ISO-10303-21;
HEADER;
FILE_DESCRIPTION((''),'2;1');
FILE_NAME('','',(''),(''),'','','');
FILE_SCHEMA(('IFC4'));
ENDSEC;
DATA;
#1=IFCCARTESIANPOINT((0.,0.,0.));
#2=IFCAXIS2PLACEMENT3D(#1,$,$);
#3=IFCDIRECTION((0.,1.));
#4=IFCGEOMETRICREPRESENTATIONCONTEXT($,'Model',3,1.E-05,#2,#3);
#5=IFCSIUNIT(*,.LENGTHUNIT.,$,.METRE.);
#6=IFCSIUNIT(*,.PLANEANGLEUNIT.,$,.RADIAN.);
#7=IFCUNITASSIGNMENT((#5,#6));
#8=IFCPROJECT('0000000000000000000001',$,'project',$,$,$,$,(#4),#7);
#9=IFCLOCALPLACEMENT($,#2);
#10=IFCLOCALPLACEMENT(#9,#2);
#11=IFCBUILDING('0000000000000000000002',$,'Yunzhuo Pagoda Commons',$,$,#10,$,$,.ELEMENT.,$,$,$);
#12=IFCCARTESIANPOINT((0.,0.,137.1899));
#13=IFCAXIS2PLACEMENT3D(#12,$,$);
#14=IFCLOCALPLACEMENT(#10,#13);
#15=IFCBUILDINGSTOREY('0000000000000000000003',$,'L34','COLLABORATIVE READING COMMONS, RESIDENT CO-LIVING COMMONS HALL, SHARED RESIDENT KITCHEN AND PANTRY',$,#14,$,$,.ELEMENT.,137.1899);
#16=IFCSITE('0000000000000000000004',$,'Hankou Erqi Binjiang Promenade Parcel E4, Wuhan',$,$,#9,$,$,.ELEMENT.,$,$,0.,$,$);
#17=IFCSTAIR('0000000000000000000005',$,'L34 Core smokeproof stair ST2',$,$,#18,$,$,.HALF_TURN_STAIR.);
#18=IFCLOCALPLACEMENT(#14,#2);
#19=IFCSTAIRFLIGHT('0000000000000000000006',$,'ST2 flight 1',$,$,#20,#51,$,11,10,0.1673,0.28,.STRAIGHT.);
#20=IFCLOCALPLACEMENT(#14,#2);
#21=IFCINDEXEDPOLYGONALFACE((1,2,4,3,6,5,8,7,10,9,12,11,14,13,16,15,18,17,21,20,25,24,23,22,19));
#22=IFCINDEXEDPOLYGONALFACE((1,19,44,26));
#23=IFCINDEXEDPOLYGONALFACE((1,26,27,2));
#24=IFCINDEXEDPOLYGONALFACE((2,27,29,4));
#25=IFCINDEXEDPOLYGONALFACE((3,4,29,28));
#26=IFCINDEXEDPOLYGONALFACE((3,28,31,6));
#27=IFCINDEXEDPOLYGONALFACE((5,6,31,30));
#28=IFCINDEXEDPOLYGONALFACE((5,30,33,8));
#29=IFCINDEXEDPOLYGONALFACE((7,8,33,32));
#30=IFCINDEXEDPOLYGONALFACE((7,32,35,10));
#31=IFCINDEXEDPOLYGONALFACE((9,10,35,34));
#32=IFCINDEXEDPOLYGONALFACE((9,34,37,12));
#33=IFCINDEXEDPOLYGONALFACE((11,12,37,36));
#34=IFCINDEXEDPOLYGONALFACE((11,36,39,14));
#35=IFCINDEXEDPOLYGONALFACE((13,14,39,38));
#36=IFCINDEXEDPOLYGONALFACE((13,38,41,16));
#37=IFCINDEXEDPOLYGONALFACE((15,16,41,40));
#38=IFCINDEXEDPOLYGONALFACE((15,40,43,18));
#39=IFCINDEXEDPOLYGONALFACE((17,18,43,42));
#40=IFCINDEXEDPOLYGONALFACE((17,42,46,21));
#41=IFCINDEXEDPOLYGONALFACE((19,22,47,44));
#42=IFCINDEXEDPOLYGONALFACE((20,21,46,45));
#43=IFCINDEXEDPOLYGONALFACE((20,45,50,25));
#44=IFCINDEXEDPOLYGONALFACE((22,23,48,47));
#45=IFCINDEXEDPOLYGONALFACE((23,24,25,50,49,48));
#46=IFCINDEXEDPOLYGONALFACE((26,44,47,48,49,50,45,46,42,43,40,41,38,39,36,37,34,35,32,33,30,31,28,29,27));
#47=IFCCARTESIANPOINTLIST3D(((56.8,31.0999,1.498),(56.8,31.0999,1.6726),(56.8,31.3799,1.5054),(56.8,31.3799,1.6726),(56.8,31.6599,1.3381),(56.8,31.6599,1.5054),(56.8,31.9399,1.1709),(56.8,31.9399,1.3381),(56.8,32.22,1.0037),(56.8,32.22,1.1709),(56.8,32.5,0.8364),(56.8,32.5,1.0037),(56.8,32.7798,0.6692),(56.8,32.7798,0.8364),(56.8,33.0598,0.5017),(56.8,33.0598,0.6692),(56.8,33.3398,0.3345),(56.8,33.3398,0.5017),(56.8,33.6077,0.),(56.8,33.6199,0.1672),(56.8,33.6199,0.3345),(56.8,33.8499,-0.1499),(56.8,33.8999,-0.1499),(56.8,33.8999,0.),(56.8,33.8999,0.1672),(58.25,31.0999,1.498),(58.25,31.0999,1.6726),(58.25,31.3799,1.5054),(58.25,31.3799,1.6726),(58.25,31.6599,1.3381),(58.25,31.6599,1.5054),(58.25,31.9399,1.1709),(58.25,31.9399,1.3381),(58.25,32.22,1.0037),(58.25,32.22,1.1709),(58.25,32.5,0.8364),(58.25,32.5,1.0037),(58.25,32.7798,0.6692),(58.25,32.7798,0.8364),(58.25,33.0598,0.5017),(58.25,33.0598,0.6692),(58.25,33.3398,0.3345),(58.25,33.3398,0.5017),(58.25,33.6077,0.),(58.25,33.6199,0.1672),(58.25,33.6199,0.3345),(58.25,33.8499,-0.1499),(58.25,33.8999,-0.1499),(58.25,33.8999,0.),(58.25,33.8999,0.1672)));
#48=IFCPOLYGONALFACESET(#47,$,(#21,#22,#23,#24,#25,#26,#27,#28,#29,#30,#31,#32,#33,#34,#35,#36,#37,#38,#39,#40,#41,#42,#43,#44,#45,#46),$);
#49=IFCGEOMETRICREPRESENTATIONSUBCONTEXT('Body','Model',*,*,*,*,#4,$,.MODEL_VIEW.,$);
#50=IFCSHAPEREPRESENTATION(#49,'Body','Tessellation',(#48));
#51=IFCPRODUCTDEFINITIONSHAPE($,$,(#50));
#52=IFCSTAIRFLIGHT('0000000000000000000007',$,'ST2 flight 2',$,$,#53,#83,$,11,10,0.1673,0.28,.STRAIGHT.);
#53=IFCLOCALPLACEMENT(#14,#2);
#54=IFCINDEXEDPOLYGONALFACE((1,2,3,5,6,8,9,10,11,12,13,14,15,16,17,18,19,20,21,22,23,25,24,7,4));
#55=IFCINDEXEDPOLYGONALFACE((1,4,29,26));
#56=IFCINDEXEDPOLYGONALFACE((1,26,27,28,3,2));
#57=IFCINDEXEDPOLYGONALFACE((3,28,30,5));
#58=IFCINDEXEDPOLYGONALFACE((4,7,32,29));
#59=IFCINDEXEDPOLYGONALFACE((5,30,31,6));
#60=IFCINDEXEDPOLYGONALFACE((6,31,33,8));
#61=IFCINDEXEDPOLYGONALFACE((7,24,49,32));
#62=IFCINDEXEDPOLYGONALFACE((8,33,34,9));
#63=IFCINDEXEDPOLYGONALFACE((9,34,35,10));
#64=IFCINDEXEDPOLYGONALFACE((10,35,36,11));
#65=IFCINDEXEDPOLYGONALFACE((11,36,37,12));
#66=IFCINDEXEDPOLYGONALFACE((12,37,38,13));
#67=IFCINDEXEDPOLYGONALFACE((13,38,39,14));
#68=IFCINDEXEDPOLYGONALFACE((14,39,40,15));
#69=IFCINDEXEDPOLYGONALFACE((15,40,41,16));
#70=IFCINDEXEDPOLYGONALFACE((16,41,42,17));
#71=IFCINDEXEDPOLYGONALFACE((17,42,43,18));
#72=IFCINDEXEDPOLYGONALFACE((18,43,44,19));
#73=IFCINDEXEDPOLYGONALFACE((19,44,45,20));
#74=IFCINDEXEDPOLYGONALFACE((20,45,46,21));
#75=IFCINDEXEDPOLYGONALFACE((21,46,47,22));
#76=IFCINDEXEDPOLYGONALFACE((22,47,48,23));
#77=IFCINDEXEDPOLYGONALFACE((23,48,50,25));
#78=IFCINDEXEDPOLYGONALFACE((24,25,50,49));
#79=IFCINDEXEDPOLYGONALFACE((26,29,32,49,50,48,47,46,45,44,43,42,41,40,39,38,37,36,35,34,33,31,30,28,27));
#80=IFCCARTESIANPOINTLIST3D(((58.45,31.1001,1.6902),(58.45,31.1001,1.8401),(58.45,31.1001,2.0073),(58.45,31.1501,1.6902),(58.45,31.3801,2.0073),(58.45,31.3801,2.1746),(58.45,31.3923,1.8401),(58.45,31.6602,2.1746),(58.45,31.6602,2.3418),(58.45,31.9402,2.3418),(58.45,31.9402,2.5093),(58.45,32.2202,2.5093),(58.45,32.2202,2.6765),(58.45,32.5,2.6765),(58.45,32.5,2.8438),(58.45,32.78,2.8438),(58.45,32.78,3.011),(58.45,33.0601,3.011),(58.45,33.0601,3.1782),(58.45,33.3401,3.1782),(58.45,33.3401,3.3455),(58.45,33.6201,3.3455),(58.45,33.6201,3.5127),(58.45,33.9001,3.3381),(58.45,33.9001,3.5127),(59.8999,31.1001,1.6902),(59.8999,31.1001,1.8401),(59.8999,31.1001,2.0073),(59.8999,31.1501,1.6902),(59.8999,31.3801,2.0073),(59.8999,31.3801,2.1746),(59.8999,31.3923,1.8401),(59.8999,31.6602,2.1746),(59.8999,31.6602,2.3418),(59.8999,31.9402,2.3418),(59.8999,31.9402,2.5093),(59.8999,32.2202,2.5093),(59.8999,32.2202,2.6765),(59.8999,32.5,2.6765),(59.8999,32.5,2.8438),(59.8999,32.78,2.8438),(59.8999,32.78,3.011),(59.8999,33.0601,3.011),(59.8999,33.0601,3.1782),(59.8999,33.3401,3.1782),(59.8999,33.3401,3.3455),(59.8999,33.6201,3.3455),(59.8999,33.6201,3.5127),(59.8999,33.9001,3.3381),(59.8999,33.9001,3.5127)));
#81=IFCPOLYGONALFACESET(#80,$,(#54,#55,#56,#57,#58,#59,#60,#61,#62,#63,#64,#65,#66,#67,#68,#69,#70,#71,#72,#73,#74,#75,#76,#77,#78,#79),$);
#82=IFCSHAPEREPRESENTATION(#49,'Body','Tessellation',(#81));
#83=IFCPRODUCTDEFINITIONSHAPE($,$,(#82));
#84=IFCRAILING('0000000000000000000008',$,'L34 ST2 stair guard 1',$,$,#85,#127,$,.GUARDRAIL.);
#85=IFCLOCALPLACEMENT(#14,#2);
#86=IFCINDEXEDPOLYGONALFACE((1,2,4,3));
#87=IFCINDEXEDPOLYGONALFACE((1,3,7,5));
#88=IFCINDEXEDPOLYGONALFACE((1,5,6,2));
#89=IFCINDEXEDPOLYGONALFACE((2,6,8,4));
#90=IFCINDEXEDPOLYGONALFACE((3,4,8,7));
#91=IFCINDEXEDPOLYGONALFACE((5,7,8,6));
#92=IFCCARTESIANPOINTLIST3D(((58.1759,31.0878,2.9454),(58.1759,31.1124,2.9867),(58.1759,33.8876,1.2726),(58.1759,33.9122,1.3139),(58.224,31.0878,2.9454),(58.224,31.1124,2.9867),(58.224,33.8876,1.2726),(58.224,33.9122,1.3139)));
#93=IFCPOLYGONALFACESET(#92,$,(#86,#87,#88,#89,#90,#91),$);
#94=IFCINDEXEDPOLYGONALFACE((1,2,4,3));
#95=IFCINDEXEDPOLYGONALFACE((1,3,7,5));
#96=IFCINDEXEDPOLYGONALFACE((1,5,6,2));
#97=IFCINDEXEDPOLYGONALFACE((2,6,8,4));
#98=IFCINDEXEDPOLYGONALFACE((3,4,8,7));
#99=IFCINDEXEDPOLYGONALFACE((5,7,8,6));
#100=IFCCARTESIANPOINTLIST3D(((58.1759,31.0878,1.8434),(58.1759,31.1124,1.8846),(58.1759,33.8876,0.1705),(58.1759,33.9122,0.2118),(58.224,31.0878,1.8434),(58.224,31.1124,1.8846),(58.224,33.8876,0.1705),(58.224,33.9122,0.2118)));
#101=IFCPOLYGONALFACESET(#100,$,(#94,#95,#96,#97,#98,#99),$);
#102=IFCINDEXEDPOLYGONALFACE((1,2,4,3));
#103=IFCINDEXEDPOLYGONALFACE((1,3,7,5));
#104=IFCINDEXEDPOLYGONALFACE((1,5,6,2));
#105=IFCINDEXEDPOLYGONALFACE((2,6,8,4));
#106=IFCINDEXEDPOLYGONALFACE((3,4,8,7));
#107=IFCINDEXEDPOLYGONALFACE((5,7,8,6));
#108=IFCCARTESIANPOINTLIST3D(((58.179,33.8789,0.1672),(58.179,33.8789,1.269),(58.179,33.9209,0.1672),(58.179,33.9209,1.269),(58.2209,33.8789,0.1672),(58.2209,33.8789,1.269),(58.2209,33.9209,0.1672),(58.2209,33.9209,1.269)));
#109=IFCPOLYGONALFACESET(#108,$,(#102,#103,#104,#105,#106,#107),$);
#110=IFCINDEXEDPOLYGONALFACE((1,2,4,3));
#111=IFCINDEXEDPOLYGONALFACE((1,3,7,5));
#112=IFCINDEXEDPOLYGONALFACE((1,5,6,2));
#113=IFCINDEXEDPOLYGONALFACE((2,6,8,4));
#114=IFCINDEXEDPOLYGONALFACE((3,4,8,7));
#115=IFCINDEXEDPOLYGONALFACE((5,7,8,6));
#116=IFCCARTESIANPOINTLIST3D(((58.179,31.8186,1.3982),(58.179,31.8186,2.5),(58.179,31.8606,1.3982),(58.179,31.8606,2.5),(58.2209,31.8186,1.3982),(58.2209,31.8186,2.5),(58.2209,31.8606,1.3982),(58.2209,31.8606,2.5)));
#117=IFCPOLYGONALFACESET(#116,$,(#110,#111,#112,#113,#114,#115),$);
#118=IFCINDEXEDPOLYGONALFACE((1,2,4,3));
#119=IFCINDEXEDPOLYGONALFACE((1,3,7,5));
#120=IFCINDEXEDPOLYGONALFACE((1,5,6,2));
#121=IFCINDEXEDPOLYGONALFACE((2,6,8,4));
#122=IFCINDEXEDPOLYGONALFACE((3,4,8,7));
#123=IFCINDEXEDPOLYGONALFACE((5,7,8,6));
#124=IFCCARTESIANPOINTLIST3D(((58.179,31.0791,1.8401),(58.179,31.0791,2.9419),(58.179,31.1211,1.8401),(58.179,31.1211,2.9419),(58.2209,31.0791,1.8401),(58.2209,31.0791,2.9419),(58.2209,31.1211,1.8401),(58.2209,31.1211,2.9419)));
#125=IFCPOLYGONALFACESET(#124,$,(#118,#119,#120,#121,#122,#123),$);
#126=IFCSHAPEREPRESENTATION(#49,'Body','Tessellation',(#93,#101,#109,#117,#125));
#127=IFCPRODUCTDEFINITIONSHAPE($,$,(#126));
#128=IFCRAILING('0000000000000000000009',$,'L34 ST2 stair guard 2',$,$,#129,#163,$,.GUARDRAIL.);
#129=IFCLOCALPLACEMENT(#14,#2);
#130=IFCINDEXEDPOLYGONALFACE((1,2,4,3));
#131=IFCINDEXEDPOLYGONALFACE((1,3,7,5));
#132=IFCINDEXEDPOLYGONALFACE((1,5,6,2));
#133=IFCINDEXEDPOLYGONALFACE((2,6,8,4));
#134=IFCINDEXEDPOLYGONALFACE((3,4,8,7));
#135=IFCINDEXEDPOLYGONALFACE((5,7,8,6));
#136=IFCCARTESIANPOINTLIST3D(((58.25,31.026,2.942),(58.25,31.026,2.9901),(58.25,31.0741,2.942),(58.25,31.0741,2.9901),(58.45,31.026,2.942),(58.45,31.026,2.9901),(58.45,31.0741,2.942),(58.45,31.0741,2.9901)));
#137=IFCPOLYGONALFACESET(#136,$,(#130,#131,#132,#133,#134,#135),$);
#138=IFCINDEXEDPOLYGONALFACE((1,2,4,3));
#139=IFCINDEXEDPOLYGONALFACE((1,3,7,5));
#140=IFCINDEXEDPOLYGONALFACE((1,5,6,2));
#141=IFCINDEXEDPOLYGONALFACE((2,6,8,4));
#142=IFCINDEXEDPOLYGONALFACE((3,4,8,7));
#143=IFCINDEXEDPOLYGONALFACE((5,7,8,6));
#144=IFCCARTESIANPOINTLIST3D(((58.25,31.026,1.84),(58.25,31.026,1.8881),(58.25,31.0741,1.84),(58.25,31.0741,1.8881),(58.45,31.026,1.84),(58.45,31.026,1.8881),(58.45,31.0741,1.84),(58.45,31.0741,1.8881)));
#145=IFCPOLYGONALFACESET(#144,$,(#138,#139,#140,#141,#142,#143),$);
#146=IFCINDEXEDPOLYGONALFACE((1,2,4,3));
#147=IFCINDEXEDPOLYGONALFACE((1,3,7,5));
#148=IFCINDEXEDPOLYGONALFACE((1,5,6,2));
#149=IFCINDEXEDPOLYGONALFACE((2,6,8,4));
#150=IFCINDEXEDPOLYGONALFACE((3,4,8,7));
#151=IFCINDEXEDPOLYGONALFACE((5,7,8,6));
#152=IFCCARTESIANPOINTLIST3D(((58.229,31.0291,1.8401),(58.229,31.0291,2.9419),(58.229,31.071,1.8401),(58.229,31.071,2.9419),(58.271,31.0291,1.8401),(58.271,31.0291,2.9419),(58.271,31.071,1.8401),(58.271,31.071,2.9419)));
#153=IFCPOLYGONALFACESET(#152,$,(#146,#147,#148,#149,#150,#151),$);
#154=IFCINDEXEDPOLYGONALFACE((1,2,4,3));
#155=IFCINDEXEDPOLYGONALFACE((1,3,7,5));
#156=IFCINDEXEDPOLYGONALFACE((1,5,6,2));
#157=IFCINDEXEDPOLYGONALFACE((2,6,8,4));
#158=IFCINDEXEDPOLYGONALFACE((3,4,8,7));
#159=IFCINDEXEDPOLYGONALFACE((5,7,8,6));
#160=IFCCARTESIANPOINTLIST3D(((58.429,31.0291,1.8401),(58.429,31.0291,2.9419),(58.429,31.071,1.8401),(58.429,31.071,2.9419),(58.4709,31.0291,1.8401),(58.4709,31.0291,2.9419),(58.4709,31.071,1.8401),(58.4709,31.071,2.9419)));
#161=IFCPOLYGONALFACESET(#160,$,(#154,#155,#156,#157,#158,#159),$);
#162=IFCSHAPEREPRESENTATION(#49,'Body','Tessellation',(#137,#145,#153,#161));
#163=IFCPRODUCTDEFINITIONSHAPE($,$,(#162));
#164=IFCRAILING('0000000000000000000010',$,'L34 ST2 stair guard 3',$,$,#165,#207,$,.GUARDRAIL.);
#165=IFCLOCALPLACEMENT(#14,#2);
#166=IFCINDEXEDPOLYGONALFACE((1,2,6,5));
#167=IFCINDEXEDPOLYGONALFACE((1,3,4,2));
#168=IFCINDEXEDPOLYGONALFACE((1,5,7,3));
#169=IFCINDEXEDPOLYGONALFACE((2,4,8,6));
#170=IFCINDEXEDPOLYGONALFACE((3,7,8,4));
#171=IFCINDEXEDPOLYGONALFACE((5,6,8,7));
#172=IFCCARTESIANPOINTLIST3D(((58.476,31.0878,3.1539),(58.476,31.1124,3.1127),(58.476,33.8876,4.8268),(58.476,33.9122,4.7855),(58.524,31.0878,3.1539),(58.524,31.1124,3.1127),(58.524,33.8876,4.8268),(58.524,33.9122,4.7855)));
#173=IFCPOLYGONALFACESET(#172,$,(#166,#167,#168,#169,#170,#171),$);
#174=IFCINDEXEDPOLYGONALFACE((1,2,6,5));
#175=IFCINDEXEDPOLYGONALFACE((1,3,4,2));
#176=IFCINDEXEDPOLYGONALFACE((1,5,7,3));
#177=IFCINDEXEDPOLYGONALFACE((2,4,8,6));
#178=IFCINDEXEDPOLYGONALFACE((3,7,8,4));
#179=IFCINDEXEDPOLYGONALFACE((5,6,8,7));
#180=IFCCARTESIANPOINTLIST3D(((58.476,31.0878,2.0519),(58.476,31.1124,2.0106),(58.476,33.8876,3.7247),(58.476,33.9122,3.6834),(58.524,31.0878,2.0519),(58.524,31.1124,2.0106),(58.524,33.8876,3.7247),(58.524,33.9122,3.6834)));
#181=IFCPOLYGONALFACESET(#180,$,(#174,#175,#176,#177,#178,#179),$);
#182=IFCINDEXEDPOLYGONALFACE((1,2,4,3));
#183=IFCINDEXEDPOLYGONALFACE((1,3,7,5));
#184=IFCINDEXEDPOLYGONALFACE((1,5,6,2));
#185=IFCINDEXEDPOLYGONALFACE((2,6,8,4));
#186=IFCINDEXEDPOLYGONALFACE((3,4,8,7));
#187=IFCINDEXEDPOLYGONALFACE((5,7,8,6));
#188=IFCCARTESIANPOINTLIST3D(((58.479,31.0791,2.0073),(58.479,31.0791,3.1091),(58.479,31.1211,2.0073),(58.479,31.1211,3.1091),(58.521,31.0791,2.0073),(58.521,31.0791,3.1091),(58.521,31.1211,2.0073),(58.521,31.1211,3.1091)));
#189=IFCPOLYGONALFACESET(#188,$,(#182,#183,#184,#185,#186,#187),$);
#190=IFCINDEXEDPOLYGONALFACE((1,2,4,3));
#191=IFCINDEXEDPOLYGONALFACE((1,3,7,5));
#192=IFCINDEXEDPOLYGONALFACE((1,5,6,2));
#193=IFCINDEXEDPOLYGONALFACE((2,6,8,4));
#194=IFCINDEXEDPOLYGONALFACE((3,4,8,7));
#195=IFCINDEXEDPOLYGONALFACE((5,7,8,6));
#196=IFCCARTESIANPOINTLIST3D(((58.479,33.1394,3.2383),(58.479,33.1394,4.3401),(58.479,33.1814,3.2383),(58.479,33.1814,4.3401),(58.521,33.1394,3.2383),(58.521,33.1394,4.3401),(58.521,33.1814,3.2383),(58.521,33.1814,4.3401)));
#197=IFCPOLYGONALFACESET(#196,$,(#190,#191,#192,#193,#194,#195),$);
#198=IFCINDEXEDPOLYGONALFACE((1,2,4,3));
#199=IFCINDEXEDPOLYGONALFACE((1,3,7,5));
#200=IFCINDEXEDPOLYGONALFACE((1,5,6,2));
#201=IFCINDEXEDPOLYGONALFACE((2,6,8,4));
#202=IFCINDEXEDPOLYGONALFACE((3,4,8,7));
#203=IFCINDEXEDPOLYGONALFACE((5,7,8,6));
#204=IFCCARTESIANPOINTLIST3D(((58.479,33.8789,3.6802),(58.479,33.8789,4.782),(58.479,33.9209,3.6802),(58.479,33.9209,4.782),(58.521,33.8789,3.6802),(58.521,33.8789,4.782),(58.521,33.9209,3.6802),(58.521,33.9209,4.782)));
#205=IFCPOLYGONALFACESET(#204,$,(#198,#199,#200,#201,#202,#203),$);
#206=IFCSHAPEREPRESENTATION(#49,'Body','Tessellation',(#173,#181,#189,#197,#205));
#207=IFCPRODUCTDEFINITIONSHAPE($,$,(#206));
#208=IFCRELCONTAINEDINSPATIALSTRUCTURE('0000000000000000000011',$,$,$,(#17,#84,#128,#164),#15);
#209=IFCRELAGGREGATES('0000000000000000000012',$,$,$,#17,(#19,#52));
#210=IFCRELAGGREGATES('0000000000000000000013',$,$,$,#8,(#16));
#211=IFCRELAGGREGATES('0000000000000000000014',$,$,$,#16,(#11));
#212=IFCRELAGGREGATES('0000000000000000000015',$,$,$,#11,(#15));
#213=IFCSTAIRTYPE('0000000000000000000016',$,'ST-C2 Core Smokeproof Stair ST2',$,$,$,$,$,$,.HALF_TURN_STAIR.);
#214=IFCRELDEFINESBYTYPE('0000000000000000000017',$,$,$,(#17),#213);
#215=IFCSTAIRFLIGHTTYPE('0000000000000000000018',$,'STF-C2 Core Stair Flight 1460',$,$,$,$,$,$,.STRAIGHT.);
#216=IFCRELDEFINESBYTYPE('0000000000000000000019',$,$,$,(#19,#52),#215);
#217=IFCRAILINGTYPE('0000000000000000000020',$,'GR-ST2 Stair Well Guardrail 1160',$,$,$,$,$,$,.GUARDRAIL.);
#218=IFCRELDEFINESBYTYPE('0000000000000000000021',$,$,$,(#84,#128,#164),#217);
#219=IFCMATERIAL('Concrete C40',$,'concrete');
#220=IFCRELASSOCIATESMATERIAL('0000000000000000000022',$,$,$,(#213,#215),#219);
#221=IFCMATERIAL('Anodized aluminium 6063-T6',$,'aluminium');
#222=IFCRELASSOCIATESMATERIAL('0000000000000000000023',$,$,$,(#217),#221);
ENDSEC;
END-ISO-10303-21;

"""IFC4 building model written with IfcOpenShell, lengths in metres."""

from ifc_helpers import new_model, si_unit, direction, frame, origin, origin_2d, place, context, subcontext, project, spatial, polyline, rectangle, outline, extrude, source, transform, mapped, material, type_object, element, aggregate, save


model = new_model("IFC4")

# Units and contexts
model_context = context("Model", 3, precision=1e-05, world=origin(), true_north=direction((0.0, 1.0)))
body_context = subcontext(model_context, "Body", "Model", "MODEL_VIEW")
ifc_project = project(units=[si_unit("LENGTHUNIT", "METRE"), si_unit("PLANEANGLEUNIT", "RADIAN")], contexts=[model_context])

# Site, building, storey
site_placement = place(None, origin())
site = spatial("IfcSite", under=ifc_project, at=site_placement, Name="Hankou Erqi Binjiang Promenade Parcel E4, Wuhan", CompositionType="ELEMENT", RefElevation=0.0)
building_placement = place(site_placement, origin())
building = spatial("IfcBuilding", under=site, at=building_placement, Name="Yunzhuo Pagoda Commons", CompositionType="ELEMENT")
storey_placement = place(building_placement, frame((0.0, 0.0, 137.1899)))
storey = spatial("IfcBuildingStorey", under=building, at=storey_placement, Name="L34", Description="COLLABORATIVE READING COMMONS, RESIDENT CO-LIVING COMMONS HALL, SHARED RESIDENT KITCHEN AND PANTRY", CompositionType="ELEMENT", Elevation=137.1899)

# Shared definitions
ifc_material_1 = material(Name="Concrete C40", Category="concrete")

# Stair, stair flights
stair_type = type_object("IfcStairType", Name="ST-C2 Core Smokeproof Stair ST2", PredefinedType="HALF_TURN_STAIR", material=ifc_material_1)
stair_placement = place(storey_placement, origin())
stair = element("IfcStair", 1, at=stair_placement, inside=storey, type_object=stair_type, Name="L34 Core smokeproof stair ST2", PredefinedType="HALF_TURN_STAIR")
stair_flight_type = type_object("IfcStairFlightType", Name="STF-C2 Core Stair Flight 1460", PredefinedType="STRAIGHT", material=ifc_material_1)
shared_shape_1 = source(origin(), body_context, "Body", "SweptSolid", [
    extrude(outline(polyline([(0.0, -0.1499), (0.0, 0.0), (0.0, 0.1672), (0.28, 0.1672), (0.28, 0.3345), (0.5601, 0.3345), (0.5601, 0.5017), (0.8401, 0.5017), (0.8401, 0.6692), (1.1201, 0.6692), (1.1201, 0.8364), (1.3999, 0.8364), (1.3999, 1.0037), (1.6799, 1.0037), (1.6799, 1.1709), (1.96, 1.1709), (1.96, 1.3381), (2.24, 1.3381), (2.24, 1.5054), (2.52, 1.5054), (2.52, 1.6726), (2.8, 1.6726), (2.8, 1.8401), (2.8, 1.498), (0.2922, 0.0), (0.05, -0.1499), (0.0, -0.1499)])), frame((0.0, 0.7251, 0.0), z_axis=(0.0, -1.0, 0.0), x_axis=(1.0, 0.0, 0.0)), (0.0, 0.0, 1.0), 1.45),
])
stair_flight_1_placement = place(storey_placement, frame((57.5249, 33.8999, 0.0), z_axis=(0.0, 0.0, 1.0), x_axis=(0.0, -1.0, 0.0)))
stair_flight_1 = element("IfcStairFlight", 2, at=stair_flight_1_placement, type_object=stair_flight_type, Name="ST2 flight 1", NumberOfRisers=11, NumberOfTreads=10, PredefinedType="STRAIGHT", RiserHeight=0.1673, TreadLength=0.28, context=body_context, shape_type="MappedRepresentation", body=[
    mapped(shared_shape_1, transform((0.0, 0.0, 0.0), scale=1.0)),
])
stair_flight_2_placement = place(storey_placement, frame((59.175, 31.1001, 1.8401), z_axis=(0.0, 0.0, 1.0), x_axis=(0.0, 1.0, 0.0)))
stair_flight_2 = element("IfcStairFlight", 3, at=stair_flight_2_placement, type_object=stair_flight_type, Name="ST2 flight 2", NumberOfRisers=11, NumberOfTreads=10, PredefinedType="STRAIGHT", RiserHeight=0.1673, TreadLength=0.28, context=body_context, shape_type="MappedRepresentation", body=[
    mapped(shared_shape_1, transform((0.0, 0.0, 0.0), scale=1.0)),
])
aggregate(stair, [stair_flight_1, stair_flight_2])

# Railings
ifc_material_2 = material(Name="Anodized aluminium 6063-T6", Category="aluminium")
railing_type_1 = type_object("IfcRailingType", Name="GR-ST2 Stair Well Guardrail 1160", PredefinedType="GUARDRAIL", material=ifc_material_2)
railing_1_placement = place(storey_placement, frame((58.2, 33.8999, 0.1672)))
element("IfcRailing", 4, at=railing_1_placement, inside=storey, type_object=railing_type_1, Name="L34 ST2 stair guard 1", PredefinedType="GUARDRAIL", context=body_context, shape_type="SweptSolid", body=[
    extrude(rectangle(XDim=0.0481, YDim=0.0481, at=origin_2d()), frame((0.0, 0.0, 1.126), z_axis=(0.0, -0.858443, 0.51291), x_axis=(1.0, 0.0, 0.0)), (0.0, 0.0, 1.0), 3.2615),
    extrude(rectangle(XDim=0.0481, YDim=0.0481, at=origin_2d()), frame((0.0, 0.0, 0.0239), z_axis=(0.0, -0.858443, 0.51291), x_axis=(1.0, 0.0, 0.0)), (0.0, 0.0, 1.0), 3.2615),
    extrude(rectangle(XDim=0.042, YDim=0.042, at=origin_2d()), origin(), (0.0, 0.0, 1.0), 1.1018),
    extrude(rectangle(XDim=0.042, YDim=0.042, at=origin_2d()), frame((0.0, -2.0603, 1.231)), (0.0, 0.0, 1.0), 1.1018),
    extrude(rectangle(XDim=0.042, YDim=0.042, at=origin_2d()), frame((0.0, -2.7998, 1.6729)), (0.0, 0.0, 1.0), 1.1018),
])
railing_2_placement = place(storey_placement, frame((58.25, 31.05, 1.8401)))
element("IfcRailing", 5, at=railing_2_placement, inside=storey, type_object=railing_type_1, Name="L34 ST2 stair guard 2", PredefinedType="GUARDRAIL", context=body_context, shape_type="SweptSolid", body=[
    extrude(rectangle(XDim=0.0481, YDim=0.0481, at=origin_2d()), frame((0.0, 0.0, 1.126), z_axis=(1.0, 0.0, 0.0), x_axis=(0.0, 1.0, 0.0)), (0.0, 0.0, 1.0), 0.2),
    extrude(rectangle(XDim=0.0481, YDim=0.0481, at=origin_2d()), frame((0.0, 0.0, 0.0239), z_axis=(1.0, 0.0, 0.0), x_axis=(0.0, 1.0, 0.0)), (0.0, 0.0, 1.0), 0.2),
    extrude(rectangle(XDim=0.042, YDim=0.042, at=origin_2d()), origin(), (0.0, 0.0, 1.0), 1.1018),
    extrude(rectangle(XDim=0.042, YDim=0.042, at=origin_2d()), frame((0.2, 0.0, 0.0)), (0.0, 0.0, 1.0), 1.1018),
])
railing_3_placement = place(storey_placement, frame((58.5, 31.1001, 2.0073)))
element("IfcRailing", 6, at=railing_3_placement, inside=storey, type_object=railing_type_1, Name="L34 ST2 stair guard 3", PredefinedType="GUARDRAIL", context=body_context, shape_type="SweptSolid", body=[
    extrude(rectangle(XDim=0.0481, YDim=0.0481, at=origin_2d()), frame((0.0, 0.0, 1.126), z_axis=(0.0, 0.858443, 0.51291), x_axis=(-1.0, 0.0, 0.0)), (0.0, 0.0, 1.0), 3.2615),
    extrude(rectangle(XDim=0.0481, YDim=0.0481, at=origin_2d()), frame((0.0, 0.0, 0.0239), z_axis=(0.0, 0.858443, 0.51291), x_axis=(-1.0, 0.0, 0.0)), (0.0, 0.0, 1.0), 3.2615),
    extrude(rectangle(XDim=0.042, YDim=0.042, at=origin_2d()), origin(), (0.0, 0.0, 1.0), 1.1018),
    extrude(rectangle(XDim=0.042, YDim=0.042, at=origin_2d()), frame((0.0, 2.0603, 1.231)), (0.0, 0.0, 1.0), 1.1018),
    extrude(rectangle(XDim=0.042, YDim=0.042, at=origin_2d()), frame((0.0, 2.7998, 1.6729)), (0.0, 0.0, 1.0), 1.1018),
])

save(model, "model.ifc")
